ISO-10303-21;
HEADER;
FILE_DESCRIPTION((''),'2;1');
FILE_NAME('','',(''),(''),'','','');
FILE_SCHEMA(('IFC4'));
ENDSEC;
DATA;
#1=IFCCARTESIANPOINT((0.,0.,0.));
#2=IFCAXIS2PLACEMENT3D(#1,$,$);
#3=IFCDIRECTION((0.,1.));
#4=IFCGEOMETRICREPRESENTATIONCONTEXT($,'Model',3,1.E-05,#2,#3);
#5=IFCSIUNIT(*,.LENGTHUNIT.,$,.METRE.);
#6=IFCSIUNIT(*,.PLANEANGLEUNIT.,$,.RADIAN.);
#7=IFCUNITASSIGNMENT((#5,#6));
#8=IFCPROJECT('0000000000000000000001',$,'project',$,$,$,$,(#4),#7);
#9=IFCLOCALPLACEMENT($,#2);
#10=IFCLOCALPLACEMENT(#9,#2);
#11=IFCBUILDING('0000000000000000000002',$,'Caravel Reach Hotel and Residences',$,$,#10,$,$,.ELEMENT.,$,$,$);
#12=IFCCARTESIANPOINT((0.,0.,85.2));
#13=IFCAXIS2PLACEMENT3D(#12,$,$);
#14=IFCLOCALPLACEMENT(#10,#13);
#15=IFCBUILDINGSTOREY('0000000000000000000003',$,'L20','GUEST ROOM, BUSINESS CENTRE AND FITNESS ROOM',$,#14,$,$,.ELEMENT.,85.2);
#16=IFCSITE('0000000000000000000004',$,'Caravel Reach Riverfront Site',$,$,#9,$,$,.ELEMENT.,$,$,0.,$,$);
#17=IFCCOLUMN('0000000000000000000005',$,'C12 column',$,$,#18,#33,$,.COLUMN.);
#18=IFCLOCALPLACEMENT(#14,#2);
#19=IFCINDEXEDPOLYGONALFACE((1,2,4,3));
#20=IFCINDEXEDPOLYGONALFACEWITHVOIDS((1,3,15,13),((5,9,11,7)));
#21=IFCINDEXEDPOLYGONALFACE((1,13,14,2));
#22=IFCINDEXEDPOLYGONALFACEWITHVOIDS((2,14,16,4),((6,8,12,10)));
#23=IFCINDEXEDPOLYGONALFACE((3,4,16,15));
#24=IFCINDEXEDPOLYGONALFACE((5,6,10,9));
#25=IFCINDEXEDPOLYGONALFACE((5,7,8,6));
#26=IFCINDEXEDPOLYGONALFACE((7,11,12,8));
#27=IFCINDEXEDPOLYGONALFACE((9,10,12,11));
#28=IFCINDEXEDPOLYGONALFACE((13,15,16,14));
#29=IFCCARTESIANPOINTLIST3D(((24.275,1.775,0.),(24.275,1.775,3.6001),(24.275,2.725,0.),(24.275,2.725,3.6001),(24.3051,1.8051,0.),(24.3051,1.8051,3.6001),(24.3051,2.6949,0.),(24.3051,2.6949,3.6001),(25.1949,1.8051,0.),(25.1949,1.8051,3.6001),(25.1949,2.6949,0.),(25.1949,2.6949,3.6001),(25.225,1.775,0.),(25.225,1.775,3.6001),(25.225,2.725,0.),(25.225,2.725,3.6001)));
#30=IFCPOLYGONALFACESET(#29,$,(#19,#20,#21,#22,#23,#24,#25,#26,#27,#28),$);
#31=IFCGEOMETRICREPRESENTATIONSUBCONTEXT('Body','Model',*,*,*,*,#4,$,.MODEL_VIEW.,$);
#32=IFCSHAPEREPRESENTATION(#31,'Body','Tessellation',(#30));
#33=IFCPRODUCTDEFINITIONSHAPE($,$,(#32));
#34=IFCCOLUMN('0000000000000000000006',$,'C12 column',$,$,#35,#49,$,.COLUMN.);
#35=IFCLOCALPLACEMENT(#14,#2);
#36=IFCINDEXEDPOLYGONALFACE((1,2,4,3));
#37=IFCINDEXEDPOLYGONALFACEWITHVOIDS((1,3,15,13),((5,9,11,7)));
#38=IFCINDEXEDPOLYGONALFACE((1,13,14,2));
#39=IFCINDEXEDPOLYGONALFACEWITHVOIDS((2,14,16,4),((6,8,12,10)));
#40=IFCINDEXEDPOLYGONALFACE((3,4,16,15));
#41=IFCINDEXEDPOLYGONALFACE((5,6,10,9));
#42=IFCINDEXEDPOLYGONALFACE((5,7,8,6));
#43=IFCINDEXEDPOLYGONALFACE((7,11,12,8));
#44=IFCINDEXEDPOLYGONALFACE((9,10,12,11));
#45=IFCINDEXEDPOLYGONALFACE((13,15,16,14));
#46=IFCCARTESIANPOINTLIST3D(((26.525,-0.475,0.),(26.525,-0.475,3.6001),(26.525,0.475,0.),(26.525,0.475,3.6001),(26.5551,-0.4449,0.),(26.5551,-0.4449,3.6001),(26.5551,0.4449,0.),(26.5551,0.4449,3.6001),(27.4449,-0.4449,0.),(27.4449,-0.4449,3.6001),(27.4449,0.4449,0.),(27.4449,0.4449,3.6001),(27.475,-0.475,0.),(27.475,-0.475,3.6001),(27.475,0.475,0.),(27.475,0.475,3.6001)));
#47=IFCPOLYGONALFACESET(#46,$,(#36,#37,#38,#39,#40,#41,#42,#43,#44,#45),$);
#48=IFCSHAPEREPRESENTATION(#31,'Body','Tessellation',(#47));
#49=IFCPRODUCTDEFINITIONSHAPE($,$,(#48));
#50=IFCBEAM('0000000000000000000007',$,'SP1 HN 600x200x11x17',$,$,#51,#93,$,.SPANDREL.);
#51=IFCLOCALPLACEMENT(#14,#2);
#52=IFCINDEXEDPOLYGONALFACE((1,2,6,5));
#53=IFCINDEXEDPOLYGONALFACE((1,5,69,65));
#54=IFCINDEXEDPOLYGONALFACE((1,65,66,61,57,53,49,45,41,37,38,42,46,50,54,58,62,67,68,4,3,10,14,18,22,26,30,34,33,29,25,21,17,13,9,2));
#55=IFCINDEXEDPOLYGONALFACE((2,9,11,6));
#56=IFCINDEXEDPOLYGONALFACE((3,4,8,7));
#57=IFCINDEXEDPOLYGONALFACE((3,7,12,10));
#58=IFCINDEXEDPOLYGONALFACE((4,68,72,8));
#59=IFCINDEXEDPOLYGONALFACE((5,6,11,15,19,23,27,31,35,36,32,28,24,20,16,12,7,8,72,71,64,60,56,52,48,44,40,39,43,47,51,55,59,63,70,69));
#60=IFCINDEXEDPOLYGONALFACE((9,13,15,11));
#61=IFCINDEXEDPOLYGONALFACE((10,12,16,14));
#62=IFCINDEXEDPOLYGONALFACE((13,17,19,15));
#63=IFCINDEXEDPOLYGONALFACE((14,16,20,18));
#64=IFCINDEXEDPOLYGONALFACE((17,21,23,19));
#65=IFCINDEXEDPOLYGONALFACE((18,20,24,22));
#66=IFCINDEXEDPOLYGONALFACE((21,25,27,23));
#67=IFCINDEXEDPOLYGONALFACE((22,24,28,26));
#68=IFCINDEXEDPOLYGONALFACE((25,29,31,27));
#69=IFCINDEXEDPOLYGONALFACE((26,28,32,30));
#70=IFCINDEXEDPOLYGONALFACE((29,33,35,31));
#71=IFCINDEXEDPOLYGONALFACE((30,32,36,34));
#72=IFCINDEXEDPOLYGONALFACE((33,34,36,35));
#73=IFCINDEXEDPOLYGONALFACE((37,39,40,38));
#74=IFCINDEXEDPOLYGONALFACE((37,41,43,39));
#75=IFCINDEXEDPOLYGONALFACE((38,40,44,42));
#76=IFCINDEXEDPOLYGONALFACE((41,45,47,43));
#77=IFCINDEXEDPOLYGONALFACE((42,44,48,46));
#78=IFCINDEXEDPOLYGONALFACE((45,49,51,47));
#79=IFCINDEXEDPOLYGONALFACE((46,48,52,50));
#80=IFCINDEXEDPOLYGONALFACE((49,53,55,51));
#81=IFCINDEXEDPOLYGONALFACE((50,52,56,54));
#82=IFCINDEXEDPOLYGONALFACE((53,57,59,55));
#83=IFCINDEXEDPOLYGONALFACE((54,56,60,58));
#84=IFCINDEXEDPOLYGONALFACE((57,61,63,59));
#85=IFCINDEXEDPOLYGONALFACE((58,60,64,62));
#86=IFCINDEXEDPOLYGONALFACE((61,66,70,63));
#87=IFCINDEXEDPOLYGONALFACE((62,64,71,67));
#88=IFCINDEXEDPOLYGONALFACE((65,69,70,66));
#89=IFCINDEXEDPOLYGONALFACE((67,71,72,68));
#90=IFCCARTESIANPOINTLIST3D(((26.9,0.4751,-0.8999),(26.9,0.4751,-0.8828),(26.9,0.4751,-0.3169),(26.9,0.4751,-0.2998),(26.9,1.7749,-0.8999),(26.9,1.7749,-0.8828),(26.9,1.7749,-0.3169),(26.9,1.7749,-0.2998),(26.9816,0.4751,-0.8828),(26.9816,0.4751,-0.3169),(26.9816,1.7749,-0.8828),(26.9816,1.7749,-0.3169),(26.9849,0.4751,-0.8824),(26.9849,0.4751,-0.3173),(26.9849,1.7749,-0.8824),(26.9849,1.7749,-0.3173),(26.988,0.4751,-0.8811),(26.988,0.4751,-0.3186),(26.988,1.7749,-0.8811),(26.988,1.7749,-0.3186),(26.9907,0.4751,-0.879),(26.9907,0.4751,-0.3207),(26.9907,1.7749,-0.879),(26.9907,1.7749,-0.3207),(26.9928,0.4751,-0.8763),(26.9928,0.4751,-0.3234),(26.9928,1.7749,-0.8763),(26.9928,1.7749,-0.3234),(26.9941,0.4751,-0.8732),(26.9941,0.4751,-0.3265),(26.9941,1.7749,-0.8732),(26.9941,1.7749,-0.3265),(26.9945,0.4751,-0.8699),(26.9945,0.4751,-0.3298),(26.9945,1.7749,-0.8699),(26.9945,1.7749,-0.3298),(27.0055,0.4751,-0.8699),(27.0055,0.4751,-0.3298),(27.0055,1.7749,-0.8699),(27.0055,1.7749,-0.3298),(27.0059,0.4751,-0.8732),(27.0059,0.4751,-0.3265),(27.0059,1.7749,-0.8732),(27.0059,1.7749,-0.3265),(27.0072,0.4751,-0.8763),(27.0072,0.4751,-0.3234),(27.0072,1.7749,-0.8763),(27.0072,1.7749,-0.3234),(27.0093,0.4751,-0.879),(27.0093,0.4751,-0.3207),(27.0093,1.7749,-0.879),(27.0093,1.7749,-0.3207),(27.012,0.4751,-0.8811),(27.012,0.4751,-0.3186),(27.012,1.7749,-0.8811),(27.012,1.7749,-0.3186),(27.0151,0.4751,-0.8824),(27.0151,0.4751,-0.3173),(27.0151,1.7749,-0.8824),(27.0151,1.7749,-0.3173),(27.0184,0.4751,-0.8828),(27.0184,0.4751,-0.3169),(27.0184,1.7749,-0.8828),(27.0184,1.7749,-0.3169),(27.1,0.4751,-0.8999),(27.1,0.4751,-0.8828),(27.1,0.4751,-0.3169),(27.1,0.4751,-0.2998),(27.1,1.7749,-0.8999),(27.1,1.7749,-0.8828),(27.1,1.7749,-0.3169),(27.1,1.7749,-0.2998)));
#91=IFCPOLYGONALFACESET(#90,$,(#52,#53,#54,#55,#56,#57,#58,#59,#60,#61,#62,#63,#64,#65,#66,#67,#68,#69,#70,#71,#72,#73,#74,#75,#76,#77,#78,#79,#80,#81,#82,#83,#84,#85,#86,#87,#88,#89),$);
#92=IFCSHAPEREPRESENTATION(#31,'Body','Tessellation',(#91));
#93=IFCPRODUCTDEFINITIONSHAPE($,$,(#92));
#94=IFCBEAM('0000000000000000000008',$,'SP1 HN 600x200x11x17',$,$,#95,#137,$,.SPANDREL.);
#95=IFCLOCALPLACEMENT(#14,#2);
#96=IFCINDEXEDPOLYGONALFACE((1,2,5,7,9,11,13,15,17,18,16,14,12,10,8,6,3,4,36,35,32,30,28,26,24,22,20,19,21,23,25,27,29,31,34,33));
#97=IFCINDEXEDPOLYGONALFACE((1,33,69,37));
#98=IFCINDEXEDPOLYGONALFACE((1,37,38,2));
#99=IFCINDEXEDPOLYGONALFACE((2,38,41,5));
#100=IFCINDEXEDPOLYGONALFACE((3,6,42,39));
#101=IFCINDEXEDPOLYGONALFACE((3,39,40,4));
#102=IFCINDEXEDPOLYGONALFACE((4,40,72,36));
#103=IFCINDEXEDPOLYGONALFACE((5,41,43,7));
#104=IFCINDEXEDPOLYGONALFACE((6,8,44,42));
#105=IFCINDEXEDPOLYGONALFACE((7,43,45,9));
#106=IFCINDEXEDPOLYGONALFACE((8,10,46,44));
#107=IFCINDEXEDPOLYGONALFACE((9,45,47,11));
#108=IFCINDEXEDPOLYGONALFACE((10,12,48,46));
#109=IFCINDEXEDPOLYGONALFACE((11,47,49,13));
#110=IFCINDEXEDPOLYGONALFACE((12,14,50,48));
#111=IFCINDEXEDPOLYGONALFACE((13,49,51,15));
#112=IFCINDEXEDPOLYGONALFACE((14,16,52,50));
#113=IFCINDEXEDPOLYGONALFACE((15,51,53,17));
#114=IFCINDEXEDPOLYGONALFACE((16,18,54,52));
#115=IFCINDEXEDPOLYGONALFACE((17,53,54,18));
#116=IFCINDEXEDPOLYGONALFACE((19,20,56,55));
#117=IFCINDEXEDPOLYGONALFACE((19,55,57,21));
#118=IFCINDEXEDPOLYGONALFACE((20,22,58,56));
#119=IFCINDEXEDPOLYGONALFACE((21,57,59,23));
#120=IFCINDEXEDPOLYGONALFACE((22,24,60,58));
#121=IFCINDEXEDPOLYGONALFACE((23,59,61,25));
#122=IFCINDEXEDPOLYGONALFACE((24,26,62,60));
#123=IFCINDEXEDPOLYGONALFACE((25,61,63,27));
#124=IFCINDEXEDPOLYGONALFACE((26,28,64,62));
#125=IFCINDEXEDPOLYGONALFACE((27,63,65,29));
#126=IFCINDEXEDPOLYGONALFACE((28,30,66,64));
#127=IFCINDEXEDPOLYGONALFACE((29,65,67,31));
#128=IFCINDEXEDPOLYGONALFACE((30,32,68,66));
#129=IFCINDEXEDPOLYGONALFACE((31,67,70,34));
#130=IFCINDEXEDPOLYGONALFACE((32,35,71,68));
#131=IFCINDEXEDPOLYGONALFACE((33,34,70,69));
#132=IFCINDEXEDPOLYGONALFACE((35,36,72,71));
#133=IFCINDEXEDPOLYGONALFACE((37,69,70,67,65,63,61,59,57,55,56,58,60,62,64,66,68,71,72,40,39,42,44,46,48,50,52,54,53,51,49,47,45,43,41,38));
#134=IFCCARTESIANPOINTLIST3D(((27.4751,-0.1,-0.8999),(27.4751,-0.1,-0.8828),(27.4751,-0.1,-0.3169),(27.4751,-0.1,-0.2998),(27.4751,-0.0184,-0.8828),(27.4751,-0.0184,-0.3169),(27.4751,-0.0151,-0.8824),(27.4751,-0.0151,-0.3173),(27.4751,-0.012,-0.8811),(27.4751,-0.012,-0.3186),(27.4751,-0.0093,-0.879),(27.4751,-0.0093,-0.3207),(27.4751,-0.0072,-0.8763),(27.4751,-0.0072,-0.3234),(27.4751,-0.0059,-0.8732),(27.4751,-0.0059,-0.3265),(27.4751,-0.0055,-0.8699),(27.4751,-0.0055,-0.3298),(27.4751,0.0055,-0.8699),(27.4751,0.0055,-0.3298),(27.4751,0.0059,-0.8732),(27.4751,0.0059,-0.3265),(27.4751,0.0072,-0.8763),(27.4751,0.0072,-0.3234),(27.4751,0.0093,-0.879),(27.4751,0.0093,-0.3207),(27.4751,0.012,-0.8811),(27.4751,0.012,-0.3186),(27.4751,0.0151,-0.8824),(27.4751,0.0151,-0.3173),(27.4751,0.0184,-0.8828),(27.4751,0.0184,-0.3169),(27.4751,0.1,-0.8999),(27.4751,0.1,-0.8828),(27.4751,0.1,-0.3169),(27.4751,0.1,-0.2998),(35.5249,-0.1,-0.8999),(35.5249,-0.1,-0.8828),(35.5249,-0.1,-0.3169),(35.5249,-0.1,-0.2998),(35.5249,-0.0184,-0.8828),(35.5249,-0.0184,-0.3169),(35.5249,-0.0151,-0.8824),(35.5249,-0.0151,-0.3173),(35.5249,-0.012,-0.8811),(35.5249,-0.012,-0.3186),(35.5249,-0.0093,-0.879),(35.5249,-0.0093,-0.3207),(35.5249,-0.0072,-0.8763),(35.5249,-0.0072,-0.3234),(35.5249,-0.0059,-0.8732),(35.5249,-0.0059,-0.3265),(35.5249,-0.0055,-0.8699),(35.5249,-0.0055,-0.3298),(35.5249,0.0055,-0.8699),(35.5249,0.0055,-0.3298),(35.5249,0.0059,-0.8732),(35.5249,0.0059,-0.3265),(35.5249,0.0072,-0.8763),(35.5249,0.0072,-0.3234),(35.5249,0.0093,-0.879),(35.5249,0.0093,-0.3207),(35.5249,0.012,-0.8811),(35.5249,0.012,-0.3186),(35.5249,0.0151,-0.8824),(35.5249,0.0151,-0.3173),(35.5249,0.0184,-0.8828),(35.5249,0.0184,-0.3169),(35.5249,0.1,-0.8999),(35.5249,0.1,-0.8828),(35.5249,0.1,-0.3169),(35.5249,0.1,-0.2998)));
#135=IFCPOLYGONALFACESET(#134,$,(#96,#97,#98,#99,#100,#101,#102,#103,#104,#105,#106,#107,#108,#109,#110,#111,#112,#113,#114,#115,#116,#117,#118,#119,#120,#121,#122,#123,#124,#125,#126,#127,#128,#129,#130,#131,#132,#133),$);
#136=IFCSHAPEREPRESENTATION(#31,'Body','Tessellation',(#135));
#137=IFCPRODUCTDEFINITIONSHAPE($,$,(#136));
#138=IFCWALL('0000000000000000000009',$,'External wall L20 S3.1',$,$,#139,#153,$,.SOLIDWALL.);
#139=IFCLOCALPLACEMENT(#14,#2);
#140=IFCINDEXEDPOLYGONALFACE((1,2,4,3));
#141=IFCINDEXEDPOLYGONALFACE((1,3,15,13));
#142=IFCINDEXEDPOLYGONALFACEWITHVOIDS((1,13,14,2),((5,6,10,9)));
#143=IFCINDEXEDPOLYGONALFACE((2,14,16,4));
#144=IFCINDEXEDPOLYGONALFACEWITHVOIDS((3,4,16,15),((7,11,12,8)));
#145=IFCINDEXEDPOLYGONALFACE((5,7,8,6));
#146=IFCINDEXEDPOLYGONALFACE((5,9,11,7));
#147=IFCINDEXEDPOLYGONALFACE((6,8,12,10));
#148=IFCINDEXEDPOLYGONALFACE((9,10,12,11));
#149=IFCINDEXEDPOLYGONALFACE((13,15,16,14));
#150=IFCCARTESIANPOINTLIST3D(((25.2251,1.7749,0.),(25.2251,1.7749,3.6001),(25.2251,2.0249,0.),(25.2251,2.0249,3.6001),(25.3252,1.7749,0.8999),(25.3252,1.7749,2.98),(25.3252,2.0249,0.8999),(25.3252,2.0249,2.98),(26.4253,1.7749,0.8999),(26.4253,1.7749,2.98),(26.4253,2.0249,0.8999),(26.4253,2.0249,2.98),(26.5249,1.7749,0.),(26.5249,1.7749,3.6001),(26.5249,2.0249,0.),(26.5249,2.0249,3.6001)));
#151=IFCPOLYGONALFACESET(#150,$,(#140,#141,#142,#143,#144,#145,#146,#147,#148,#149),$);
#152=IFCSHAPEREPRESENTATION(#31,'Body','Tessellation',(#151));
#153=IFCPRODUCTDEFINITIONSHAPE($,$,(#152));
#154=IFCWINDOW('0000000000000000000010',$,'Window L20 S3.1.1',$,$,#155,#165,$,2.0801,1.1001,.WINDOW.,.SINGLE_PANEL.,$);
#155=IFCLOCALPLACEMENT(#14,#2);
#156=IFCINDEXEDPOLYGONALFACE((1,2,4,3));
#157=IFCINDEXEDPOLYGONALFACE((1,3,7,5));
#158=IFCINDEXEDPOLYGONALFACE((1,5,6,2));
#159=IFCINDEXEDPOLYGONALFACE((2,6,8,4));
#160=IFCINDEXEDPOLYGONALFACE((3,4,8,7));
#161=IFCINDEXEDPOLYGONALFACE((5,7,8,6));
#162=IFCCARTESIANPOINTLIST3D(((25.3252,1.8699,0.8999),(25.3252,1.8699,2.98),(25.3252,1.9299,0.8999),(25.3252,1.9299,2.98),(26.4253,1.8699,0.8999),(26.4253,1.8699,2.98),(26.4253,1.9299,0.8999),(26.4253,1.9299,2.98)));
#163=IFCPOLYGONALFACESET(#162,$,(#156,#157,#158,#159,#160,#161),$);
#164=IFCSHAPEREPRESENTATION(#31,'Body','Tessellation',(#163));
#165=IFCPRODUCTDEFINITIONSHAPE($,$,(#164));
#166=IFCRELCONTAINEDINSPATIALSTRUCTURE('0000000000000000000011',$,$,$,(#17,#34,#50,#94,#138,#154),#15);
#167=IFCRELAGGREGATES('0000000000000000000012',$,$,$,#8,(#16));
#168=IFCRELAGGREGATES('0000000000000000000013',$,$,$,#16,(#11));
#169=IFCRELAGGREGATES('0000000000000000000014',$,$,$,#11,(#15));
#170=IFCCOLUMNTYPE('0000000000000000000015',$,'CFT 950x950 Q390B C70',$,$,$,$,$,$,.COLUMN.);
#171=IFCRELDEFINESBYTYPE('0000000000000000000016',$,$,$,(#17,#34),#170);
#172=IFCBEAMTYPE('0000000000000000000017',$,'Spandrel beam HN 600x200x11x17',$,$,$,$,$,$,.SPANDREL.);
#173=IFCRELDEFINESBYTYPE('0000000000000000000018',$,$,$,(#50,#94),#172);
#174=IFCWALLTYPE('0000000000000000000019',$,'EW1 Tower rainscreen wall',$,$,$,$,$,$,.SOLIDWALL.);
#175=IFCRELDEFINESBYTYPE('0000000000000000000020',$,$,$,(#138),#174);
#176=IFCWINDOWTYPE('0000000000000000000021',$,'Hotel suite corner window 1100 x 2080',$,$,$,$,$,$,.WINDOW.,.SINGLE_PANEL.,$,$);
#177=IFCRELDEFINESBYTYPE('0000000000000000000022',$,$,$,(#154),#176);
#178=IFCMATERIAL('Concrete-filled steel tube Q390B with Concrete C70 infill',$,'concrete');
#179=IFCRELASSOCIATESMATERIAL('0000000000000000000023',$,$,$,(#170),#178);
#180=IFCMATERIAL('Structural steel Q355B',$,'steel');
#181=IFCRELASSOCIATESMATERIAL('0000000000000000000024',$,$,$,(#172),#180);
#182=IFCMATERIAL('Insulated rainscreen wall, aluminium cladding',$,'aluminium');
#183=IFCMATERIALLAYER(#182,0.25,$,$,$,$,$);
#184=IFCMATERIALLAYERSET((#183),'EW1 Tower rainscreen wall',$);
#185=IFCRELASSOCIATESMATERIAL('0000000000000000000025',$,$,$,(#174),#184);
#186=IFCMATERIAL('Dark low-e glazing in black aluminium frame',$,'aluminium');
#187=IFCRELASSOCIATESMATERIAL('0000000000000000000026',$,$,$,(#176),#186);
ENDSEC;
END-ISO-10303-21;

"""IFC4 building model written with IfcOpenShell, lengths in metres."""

from ifc_helpers import new_model, si_unit, direction, frame, frame_2d, origin, origin_2d, place, context, subcontext, project, spatial, rectangle, hollow_rectangle, i_section, extrude, material, layer, layer_set, material_profile, profile_set, type_object, element, fill, save


model = new_model("IFC4")

# Units and contexts
model_context = context("Model", 3, precision=1e-05, world=origin(), true_north=direction((0.0, 1.0)))
body_context = subcontext(model_context, "Body", "Model", "MODEL_VIEW")
ifc_project = project(units=[si_unit("LENGTHUNIT", "METRE"), si_unit("PLANEANGLEUNIT", "RADIAN")], contexts=[model_context])

# Site, building, storey
site_placement = place(None, origin())
site = spatial("IfcSite", under=ifc_project, at=site_placement, Name="Caravel Reach Riverfront Site", CompositionType="ELEMENT", RefElevation=0.0)
building_placement = place(site_placement, origin())
building = spatial("IfcBuilding", under=site, at=building_placement, Name="Caravel Reach Hotel and Residences", CompositionType="ELEMENT")
storey_placement = place(building_placement, frame((0.0, 0.0, 85.2)))
storey = spatial("IfcBuildingStorey", under=building, at=storey_placement, Name="L20", Description="GUEST ROOM, BUSINESS CENTRE AND FITNESS ROOM", CompositionType="ELEMENT", Elevation=85.2)

# Columns
ifc_material_1 = material(Name="Concrete-filled steel tube Q390B with Concrete C70 infill", Category="concrete")
ifc_material_profile_1 = material_profile(ifc_material_1, hollow_rectangle(XDim=0.95, YDim=0.95, WallThickness=0.03, at=origin_2d()), Name="RHS 950x950x30")
ifc_profile_set_1 = profile_set([ifc_material_profile_1], Name="Concrete-filled steel tube Q390B with Concrete C70 infill")
column_type = type_object("IfcColumnType", Name="CFT 950x950 Q390B C70", PredefinedType="COLUMN", material=ifc_profile_set_1)
for number, where, z_axis, x_axis, name in (
    (1, (24.75, 2.25, 0.0), (0.0, 0.0, 1.0), (1.0, 0.0, 0.0), "C12 column"),
    (2, (27.0, 0.0, 0.0), (0.0, 0.0, 1.0), (1.0, 0.0, 0.0), "C12 column"),
):
    element("IfcColumn", number, at=place(storey_placement, frame(where, z_axis=z_axis, x_axis=x_axis)), inside=storey, type_object=column_type, Name=name, PredefinedType="COLUMN", context=body_context, shape_type="SweptSolid", body=[
        extrude(hollow_rectangle(XDim=0.95, YDim=0.95, WallThickness=0.03, at=origin_2d()), origin(), (0.0, 0.0, 1.0), 3.6001),
    ])

# Beams
ifc_material_2 = material(Name="Structural steel Q355B", Category="steel")
ifc_material_profile_2 = material_profile(ifc_material_2, i_section(OverallWidth=0.2, OverallDepth=0.6001, WebThickness=0.011, FlangeThickness=0.0171, FilletRadius=0.0129, at=origin_2d()), Name="HN 600x200x11x17")
ifc_profile_set_2 = profile_set([ifc_material_profile_2], Name="Structural steel Q355B")
beam_type = type_object("IfcBeamType", Name="Spandrel beam HN 600x200x11x17", PredefinedType="SPANDREL", material=ifc_profile_set_2)
beam_1_placement = place(storey_placement, frame((27.0, 1.7749, -0.5999), z_axis=(0.0, -1.0, 0.0), x_axis=(1.0, 0.0, 0.0)))
element("IfcBeam", 3, at=beam_1_placement, inside=storey, type_object=beam_type, Name="SP1 HN 600x200x11x17", PredefinedType="SPANDREL", context=body_context, shape_type="SweptSolid", body=[
    extrude(i_section(OverallWidth=0.2, OverallDepth=0.6001, WebThickness=0.011, FlangeThickness=0.0171, FilletRadius=0.0129, at=origin_2d()), origin(), (0.0, 0.0, 1.0), 1.2998),
])
beam_2_placement = place(storey_placement, frame((27.4751, 0.0, -0.5999), z_axis=(1.0, 0.0, 0.0), x_axis=(0.0, 1.0, 0.0)))
element("IfcBeam", 4, at=beam_2_placement, inside=storey, type_object=beam_type, Name="SP1 HN 600x200x11x17", PredefinedType="SPANDREL", context=body_context, shape_type="SweptSolid", body=[
    extrude(i_section(OverallWidth=0.2, OverallDepth=0.6001, WebThickness=0.011, FlangeThickness=0.0171, FilletRadius=0.0129, at=origin_2d()), origin(), (0.0, 0.0, 1.0), 8.0498),
])

# Wall, opening, window
ifc_material_3 = material(Name="Insulated rainscreen wall, aluminium cladding", Category="aluminium")
ifc_layer = layer(ifc_material_3, 0.25)
ifc_layer_set = layer_set([ifc_layer], Name="EW1 Tower rainscreen wall")
wall_type = type_object("IfcWallType", Name="EW1 Tower rainscreen wall", PredefinedType="SOLIDWALL", material=ifc_layer_set)
wall_1_placement = place(storey_placement, frame((25.2251, 1.8999, 0.0), z_axis=(0.0, 0.0, 1.0), x_axis=(1.0, 0.0, 0.0)))
wall_1 = element("IfcWall", 5, at=wall_1_placement, inside=storey, type_object=wall_type, Name="External wall L20 S3.1", PredefinedType="SOLIDWALL", context=body_context, shape_type="SweptSolid", body=[
    extrude(rectangle(XDim=1.2998, YDim=0.25, at=frame_2d((0.6499, 0.0))), origin(), (0.0, 0.0, 1.0), 3.6001),
])
opening_1_placement = place(wall_1_placement, frame((0.1001, 0.0, 0.8999)))
opening_1 = element("IfcOpeningElement", 6, at=opening_1_placement, cuts=wall_1, PredefinedType="OPENING", context=body_context, shape_type="SweptSolid", body=[
    extrude(rectangle(XDim=1.1001, YDim=2.0801, at=frame_2d((0.55, 1.04))), frame((0.0, 0.135, 0.0), z_axis=(0.0, -1.0, 0.0), x_axis=(1.0, 0.0, 0.0)), (0.0, 0.0, 1.0), 0.27),
])
ifc_material_4 = material(Name="Dark low-e glazing in black aluminium frame", Category="aluminium")
window_type_1 = type_object("IfcWindowType", Name="Hotel suite corner window 1100 x 2080", PartitioningType="SINGLE_PANEL", PredefinedType="WINDOW", material=ifc_material_4)
window_1_placement = place(opening_1_placement, origin())
window_1 = element("IfcWindow", 7, at=window_1_placement, inside=storey, type_object=window_type_1, Name="Window L20 S3.1.1", OverallHeight=2.0801, OverallWidth=1.1001, PartitioningType="SINGLE_PANEL", PredefinedType="WINDOW", context=body_context, shape_type="SweptSolid", body=[
    extrude(rectangle(XDim=1.1001, YDim=2.0801, at=frame_2d((0.55, 1.04))), frame((0.0, 0.03, 0.0), z_axis=(0.0, -1.0, 0.0), x_axis=(1.0, 0.0, 0.0)), (0.0, 0.0, 1.0), 0.0601),
])
fill(opening_1, window_1)

save(model, "model.ifc")
